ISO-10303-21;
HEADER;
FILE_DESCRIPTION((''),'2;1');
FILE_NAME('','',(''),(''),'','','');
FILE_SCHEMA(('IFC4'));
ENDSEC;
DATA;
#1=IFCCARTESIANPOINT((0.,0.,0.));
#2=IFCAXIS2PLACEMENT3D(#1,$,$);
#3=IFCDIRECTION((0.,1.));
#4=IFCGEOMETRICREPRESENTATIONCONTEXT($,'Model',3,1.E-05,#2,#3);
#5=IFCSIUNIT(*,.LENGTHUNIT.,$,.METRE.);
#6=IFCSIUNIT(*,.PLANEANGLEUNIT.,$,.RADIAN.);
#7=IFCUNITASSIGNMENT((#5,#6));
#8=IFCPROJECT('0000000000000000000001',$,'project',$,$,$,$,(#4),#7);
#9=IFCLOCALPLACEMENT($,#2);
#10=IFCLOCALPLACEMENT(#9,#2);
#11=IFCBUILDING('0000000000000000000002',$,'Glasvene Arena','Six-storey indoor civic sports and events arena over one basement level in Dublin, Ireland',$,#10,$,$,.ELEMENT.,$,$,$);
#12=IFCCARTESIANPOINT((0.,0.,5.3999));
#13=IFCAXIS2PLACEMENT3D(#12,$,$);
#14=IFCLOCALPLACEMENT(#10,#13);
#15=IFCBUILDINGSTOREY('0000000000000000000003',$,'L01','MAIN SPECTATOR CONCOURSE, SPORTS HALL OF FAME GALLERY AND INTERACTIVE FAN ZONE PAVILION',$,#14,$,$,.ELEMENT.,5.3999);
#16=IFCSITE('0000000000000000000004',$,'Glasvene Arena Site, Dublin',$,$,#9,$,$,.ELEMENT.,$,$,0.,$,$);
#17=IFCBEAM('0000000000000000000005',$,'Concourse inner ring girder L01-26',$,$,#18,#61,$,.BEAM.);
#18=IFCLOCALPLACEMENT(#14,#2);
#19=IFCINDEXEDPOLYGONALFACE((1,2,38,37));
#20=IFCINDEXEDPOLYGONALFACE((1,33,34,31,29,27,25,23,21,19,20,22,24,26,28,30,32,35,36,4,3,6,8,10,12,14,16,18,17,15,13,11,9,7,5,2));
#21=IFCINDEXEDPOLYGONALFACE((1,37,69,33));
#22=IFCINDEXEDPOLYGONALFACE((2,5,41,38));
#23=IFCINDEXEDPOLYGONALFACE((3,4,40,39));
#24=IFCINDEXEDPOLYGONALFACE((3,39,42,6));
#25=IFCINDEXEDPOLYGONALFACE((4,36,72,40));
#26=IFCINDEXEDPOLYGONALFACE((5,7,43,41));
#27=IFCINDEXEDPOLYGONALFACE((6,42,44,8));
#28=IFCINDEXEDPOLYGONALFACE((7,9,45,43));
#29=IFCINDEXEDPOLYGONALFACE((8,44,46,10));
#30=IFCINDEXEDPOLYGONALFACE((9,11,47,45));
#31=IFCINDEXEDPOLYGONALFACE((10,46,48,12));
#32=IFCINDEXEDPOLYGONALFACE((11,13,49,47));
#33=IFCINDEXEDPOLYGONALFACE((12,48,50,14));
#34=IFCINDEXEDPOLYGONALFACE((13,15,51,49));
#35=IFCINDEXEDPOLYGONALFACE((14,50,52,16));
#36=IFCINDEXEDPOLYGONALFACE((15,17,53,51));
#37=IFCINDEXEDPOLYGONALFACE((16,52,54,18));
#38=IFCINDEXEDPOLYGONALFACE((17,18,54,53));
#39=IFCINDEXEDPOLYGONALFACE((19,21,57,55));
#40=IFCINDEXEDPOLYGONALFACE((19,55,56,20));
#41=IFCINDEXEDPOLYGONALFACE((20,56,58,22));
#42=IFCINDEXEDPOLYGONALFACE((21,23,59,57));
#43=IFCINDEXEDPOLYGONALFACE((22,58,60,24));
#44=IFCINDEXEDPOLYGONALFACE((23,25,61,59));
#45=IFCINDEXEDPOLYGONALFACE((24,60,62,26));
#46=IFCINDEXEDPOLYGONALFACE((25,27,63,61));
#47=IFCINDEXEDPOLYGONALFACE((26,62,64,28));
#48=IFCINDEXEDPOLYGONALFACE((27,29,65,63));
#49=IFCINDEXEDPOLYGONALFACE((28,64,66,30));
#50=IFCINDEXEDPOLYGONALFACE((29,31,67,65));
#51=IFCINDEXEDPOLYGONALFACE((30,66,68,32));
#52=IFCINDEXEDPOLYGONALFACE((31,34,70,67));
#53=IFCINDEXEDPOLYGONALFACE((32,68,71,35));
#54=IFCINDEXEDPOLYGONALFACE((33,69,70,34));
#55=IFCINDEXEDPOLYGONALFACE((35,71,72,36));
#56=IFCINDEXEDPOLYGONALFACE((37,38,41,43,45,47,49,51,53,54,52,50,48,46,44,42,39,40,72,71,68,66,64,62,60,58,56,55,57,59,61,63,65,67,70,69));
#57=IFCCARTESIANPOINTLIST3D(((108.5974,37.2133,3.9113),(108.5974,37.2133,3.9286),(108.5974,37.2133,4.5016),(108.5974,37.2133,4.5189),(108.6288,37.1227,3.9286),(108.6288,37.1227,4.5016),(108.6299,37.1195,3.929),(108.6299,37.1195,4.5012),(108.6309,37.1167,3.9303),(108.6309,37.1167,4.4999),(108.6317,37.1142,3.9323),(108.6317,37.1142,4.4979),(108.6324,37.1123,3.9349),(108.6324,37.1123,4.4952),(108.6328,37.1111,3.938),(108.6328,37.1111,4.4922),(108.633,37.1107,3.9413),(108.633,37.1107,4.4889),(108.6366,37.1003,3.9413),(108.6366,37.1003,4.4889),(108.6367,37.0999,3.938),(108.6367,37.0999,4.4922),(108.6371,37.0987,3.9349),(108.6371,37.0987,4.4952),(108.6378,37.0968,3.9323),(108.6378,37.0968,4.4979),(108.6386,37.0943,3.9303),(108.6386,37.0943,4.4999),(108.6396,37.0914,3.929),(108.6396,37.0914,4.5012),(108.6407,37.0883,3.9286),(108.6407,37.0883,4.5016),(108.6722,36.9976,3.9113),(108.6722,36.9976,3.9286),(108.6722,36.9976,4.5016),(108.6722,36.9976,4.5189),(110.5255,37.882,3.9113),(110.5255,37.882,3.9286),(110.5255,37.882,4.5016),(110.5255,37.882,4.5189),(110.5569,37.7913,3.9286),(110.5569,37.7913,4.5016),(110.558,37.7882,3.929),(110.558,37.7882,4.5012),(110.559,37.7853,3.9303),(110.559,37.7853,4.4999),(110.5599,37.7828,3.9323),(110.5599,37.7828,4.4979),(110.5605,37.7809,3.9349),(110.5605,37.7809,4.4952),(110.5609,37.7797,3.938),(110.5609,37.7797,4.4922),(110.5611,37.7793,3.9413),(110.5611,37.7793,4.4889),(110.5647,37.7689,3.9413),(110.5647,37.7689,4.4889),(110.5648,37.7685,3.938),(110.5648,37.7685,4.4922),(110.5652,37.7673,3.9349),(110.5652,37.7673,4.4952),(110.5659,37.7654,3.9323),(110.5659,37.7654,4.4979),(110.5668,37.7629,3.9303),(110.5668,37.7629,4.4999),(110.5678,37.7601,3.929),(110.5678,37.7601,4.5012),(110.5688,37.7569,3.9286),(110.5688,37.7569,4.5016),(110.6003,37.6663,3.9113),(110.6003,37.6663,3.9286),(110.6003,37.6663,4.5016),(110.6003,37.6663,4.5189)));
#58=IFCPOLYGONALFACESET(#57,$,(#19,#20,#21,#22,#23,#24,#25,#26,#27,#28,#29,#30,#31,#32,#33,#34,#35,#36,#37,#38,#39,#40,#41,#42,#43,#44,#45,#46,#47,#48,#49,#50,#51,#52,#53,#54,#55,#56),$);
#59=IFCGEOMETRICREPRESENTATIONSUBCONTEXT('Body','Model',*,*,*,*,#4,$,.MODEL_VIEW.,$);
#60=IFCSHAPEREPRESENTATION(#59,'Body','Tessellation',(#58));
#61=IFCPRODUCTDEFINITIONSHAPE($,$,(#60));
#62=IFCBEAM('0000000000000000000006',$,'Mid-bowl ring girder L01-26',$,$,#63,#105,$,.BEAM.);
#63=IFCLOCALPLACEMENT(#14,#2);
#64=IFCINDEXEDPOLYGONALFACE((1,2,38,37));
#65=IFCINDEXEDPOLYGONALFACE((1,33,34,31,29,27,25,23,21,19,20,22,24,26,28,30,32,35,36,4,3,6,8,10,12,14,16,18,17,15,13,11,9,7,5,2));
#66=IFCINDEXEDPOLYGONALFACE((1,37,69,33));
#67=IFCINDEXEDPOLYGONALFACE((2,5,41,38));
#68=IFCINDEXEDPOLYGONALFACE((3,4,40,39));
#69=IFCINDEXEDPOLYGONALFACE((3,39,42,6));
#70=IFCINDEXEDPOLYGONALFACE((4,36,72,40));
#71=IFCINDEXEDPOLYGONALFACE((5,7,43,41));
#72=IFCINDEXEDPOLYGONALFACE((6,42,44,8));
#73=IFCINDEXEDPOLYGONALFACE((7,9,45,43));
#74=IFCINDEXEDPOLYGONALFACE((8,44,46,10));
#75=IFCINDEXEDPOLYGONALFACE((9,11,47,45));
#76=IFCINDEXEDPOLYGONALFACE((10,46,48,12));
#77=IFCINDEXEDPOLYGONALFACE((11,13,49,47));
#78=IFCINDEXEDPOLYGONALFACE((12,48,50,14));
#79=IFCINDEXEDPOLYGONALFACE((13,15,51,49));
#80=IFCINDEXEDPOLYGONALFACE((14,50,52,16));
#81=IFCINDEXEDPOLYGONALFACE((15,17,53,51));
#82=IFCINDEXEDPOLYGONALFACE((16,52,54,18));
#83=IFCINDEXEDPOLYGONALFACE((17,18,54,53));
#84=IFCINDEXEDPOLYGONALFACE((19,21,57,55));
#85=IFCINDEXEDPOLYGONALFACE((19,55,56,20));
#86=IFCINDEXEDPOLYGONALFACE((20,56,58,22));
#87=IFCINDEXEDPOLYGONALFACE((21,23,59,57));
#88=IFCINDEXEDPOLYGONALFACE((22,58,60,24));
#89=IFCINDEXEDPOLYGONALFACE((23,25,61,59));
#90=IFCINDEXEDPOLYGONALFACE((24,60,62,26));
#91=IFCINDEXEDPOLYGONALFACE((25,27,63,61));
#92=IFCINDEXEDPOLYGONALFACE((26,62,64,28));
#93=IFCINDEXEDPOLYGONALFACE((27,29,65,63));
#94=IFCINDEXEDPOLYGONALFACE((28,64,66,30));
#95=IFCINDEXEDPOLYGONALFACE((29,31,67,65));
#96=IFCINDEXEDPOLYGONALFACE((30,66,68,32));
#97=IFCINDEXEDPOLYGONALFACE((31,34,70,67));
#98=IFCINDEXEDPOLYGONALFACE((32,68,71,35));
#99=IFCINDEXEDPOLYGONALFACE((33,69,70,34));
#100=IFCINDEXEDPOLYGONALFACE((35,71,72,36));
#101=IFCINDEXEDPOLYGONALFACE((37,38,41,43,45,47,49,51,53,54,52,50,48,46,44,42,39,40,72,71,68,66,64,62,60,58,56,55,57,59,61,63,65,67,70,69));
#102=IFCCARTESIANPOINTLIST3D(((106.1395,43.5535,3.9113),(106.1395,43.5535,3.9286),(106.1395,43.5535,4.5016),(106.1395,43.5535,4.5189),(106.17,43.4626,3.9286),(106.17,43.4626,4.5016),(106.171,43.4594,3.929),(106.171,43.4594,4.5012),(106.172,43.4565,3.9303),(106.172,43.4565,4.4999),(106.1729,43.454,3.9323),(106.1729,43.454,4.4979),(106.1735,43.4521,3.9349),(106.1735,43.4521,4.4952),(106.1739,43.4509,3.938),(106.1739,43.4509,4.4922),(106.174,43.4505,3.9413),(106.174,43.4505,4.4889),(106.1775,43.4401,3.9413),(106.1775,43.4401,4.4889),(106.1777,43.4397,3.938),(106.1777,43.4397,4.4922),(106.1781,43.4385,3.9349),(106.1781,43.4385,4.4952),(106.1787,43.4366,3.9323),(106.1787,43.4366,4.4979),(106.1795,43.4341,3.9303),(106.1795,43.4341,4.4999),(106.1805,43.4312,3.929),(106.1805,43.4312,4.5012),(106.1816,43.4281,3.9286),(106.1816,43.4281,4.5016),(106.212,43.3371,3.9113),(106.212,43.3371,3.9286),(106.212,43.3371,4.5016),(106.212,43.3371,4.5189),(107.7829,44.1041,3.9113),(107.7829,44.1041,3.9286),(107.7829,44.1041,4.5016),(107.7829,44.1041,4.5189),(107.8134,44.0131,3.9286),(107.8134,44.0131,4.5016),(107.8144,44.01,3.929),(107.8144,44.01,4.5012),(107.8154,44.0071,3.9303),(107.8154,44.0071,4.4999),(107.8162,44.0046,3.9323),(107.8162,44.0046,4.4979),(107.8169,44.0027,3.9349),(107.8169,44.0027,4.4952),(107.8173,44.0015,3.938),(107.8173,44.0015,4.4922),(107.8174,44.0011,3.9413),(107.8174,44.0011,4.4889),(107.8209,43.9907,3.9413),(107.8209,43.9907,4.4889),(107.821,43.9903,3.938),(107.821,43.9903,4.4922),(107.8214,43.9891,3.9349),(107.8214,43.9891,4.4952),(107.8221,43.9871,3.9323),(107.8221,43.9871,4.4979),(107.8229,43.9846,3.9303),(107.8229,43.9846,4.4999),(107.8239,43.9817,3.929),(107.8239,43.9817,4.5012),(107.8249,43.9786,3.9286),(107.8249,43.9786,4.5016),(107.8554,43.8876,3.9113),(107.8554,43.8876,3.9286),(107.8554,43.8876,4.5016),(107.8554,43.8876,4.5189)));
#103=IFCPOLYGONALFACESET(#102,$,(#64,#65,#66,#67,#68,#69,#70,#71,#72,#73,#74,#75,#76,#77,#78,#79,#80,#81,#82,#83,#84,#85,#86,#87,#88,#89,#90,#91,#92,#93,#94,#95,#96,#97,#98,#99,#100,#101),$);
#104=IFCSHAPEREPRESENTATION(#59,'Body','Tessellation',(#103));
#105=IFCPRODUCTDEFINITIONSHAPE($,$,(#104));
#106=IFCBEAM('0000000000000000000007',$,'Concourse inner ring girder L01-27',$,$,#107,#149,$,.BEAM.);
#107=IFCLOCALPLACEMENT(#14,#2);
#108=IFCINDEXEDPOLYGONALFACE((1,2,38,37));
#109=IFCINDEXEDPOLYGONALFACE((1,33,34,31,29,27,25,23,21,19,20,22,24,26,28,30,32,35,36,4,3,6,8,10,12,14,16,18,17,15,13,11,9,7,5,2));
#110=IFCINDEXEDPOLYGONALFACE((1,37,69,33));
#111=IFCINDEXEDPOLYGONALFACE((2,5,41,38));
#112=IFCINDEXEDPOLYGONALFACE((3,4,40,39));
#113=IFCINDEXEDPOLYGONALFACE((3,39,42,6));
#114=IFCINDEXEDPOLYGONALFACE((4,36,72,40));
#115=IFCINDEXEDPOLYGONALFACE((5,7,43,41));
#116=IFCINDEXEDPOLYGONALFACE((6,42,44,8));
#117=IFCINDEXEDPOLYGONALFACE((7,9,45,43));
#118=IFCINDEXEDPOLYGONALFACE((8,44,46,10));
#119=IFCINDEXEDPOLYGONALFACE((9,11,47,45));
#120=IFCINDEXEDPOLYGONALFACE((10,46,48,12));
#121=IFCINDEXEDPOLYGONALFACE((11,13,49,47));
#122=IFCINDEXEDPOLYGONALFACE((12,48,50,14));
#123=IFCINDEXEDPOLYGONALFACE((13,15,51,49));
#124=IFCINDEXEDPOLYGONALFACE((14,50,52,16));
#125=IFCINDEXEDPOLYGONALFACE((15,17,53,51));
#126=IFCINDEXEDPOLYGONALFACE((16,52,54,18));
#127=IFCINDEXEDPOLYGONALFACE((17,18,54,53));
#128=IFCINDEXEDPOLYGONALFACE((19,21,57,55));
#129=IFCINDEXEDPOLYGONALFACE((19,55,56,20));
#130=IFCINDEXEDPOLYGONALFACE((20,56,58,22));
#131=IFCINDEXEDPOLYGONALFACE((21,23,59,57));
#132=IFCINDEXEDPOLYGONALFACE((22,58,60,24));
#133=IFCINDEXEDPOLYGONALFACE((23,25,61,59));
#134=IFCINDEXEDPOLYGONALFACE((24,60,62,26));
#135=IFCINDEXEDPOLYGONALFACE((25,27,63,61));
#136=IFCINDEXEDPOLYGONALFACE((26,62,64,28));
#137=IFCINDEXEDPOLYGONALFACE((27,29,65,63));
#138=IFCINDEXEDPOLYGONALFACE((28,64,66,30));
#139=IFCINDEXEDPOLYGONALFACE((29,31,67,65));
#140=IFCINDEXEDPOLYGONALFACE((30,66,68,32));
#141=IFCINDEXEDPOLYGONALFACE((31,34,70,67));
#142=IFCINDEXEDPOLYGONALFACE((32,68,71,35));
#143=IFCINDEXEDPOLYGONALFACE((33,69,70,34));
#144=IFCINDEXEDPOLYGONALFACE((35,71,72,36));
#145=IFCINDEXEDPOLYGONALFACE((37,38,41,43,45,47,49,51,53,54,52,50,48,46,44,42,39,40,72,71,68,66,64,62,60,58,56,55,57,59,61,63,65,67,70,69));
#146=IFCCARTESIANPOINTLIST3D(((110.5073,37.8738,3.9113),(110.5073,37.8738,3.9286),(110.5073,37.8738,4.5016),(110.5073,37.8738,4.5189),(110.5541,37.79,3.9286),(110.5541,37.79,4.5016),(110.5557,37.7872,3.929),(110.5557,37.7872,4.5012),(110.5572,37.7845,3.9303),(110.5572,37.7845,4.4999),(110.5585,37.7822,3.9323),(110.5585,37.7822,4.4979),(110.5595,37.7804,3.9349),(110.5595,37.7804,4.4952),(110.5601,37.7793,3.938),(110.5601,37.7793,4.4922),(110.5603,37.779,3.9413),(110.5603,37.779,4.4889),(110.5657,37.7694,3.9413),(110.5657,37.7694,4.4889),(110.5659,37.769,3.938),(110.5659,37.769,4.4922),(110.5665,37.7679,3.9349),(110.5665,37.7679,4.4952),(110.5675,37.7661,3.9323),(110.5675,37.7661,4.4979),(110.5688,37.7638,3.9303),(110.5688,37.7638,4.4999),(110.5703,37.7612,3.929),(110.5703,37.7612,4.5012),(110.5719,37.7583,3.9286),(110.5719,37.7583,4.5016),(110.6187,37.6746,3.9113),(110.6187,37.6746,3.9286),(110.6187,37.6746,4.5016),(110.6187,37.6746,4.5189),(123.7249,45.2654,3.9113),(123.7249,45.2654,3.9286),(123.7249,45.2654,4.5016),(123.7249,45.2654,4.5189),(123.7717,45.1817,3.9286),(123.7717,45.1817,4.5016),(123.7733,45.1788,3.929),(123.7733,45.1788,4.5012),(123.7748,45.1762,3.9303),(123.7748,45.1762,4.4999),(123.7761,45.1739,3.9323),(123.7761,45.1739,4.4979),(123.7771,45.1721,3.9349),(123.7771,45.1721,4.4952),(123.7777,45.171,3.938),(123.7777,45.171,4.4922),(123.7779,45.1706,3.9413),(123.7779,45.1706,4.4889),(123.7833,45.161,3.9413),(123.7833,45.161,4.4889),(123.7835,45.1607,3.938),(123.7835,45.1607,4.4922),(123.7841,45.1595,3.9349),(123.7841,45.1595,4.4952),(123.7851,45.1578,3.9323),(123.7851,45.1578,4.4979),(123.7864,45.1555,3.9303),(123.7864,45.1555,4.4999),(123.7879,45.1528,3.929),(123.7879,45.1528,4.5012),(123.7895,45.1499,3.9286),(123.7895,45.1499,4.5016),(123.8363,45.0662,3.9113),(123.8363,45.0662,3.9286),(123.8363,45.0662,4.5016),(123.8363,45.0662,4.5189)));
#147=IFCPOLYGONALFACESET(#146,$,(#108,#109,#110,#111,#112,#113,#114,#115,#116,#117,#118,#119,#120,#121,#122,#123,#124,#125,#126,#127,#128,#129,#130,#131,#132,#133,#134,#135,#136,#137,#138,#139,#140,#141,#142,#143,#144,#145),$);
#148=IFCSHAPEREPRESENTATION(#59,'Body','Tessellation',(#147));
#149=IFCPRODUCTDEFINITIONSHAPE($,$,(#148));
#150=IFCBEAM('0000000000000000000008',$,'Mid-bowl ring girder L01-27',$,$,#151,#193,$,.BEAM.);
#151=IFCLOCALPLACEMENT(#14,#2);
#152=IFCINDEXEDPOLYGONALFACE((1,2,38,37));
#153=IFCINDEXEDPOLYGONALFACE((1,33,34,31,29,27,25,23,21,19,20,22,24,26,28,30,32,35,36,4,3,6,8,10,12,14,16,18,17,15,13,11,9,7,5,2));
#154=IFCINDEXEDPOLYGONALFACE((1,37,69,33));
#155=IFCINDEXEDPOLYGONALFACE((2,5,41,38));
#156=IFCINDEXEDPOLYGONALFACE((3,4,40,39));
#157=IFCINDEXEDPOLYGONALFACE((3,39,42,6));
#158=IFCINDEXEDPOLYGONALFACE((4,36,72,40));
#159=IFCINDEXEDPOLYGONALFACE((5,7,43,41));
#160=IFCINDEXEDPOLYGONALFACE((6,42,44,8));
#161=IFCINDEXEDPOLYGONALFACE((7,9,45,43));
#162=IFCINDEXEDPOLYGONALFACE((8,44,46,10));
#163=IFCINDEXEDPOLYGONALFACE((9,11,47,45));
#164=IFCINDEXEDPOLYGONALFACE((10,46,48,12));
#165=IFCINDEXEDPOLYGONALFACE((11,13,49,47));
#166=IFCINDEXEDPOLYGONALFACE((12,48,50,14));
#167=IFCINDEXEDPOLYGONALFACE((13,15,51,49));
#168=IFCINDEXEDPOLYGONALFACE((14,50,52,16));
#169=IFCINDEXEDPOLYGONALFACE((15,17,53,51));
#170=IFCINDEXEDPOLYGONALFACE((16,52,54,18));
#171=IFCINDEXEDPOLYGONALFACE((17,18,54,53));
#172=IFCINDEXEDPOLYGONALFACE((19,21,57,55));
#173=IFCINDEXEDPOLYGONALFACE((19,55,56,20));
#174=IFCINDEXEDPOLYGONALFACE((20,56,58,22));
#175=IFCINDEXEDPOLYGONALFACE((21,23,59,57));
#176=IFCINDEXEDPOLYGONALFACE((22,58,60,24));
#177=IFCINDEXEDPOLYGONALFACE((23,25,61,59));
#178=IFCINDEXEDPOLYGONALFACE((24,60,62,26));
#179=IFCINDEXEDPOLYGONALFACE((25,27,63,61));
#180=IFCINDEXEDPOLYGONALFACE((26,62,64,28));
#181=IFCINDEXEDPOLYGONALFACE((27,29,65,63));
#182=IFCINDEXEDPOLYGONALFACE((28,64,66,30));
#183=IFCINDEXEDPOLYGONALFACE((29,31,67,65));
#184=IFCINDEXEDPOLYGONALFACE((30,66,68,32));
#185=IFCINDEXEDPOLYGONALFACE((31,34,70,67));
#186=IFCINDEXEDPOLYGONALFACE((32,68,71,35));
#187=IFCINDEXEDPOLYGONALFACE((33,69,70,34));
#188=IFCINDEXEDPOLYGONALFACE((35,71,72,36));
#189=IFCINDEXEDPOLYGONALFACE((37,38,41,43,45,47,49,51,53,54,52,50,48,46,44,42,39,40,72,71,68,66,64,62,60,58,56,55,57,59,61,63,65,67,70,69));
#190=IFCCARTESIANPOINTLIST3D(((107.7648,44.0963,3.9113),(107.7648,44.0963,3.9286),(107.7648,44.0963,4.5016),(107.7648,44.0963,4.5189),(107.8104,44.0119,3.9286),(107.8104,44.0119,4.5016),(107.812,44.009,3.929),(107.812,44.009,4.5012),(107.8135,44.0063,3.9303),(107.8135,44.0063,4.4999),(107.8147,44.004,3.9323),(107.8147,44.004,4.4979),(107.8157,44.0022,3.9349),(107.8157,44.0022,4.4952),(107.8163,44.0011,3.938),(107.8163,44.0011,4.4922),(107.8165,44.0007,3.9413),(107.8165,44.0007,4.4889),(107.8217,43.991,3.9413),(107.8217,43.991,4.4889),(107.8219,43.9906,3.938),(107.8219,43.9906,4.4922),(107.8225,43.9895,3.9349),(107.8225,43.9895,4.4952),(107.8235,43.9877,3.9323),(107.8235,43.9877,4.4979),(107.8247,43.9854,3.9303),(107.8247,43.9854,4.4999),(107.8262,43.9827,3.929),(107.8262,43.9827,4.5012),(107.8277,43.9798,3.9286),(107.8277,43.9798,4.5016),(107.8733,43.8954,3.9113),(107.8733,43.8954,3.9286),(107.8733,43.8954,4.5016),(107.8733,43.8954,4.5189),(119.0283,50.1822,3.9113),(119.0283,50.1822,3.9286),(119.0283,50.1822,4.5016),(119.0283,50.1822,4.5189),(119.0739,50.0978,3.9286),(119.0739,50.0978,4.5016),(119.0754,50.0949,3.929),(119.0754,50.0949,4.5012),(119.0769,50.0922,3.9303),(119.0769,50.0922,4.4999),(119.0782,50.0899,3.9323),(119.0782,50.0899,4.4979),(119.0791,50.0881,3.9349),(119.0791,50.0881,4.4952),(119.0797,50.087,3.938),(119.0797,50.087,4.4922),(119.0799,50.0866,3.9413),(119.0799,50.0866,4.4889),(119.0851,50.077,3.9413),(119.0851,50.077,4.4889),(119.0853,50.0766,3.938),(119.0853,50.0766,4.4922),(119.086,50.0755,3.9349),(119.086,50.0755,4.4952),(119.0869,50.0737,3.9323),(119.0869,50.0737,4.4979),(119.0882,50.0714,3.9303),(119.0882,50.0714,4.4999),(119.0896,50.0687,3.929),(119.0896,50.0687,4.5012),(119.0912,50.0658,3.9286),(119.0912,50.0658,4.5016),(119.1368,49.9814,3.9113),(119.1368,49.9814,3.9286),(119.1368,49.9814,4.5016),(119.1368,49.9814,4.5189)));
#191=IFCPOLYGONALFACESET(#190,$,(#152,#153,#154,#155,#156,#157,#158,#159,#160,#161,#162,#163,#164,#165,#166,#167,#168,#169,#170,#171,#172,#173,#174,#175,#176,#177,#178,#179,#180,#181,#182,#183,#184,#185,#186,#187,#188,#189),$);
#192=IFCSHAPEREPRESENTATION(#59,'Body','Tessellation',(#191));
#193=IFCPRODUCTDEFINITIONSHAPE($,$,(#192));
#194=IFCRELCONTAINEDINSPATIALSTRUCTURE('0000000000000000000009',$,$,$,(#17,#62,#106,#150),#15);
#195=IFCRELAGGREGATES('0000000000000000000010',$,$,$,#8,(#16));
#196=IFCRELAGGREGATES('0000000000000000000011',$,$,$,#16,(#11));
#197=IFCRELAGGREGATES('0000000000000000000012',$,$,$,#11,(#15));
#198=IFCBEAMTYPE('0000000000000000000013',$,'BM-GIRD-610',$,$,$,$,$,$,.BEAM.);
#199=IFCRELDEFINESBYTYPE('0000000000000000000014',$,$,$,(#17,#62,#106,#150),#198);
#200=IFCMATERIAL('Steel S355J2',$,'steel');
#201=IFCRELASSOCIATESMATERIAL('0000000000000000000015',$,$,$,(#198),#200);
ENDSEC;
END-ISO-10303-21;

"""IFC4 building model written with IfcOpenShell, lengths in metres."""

from ifc_helpers import new_model, si_unit, direction, frame, origin, origin_2d, place, context, subcontext, project, spatial, i_section, extrude, material, material_profile, profile_set, type_object, element, save


model = new_model("IFC4")

# Units and contexts
model_context = context("Model", 3, precision=1e-05, world=origin(), true_north=direction((0.0, 1.0)))
body_context = subcontext(model_context, "Body", "Model", "MODEL_VIEW")
ifc_project = project(units=[si_unit("LENGTHUNIT", "METRE"), si_unit("PLANEANGLEUNIT", "RADIAN")], contexts=[model_context])

# Site, building, storey
site_placement = place(None, origin())
site = spatial("IfcSite", under=ifc_project, at=site_placement, Name="Glasvene Arena Site, Dublin", CompositionType="ELEMENT", RefElevation=0.0)
building_placement = place(site_placement, origin())
building = spatial("IfcBuilding", under=site, at=building_placement, Name="Glasvene Arena", Description="Six-storey indoor civic sports and events arena over one basement level in Dublin, Ireland", CompositionType="ELEMENT")
storey_placement = place(building_placement, frame((0.0, 0.0, 5.3999)))
storey = spatial("IfcBuildingStorey", under=building, at=storey_placement, Name="L01", Description="MAIN SPECTATOR CONCOURSE, SPORTS HALL OF FAME GALLERY AND INTERACTIVE FAN ZONE PAVILION", CompositionType="ELEMENT", Elevation=5.3999)

# Shared definitions
ifc_material_1 = material(Name="Steel S355J2", Category="steel")

# Beams
ifc_material_profile_1 = material_profile(ifc_material_1, i_section(OverallWidth=0.2283, OverallDepth=0.6077, WebThickness=0.011, FlangeThickness=0.0173, FilletRadius=0.0127, at=origin_2d()), Name="UKB 610x229x113")
ifc_profile_set_1 = profile_set([ifc_material_profile_1], Name="Steel S355J2")
beam_type_1 = type_object("IfcBeamType", Name="BM-GIRD-610", PredefinedType="BEAM", material=ifc_profile_set_1)
beam_1_placement = place(storey_placement, frame((108.6348, 37.1055, 4.2151), z_axis=(0.944798, 0.327653, 0.0), x_axis=(-0.327653, 0.944798, 0.0)))
element("IfcBeam", 1, at=beam_1_placement, inside=storey, type_object=beam_type_1, Name="Concourse inner ring girder L01-26", PredefinedType="BEAM", context=body_context, shape_type="SweptSolid", body=[
    extrude(i_section(OverallWidth=0.2283, OverallDepth=0.6077, WebThickness=0.011, FlangeThickness=0.0173, FilletRadius=0.0127, at=origin_2d()), origin(), (0.0, 0.0, 1.0), 2.0408),
])
beam_2_placement = place(storey_placement, frame((106.1758, 43.4453, 4.2151), z_axis=(0.948203, 0.317664, 0.0), x_axis=(-0.317664, 0.948203, 0.0)))
element("IfcBeam", 2, at=beam_2_placement, inside=storey, type_object=beam_type_1, Name="Mid-bowl ring girder L01-26", PredefinedType="BEAM", context=body_context, shape_type="SweptSolid", body=[
    extrude(i_section(OverallWidth=0.2283, OverallDepth=0.6077, WebThickness=0.011, FlangeThickness=0.0173, FilletRadius=0.0127, at=origin_2d()), origin(), (0.0, 0.0, 1.0), 1.7332),
])
beam_3_placement = place(storey_placement, frame((110.563, 37.7742, 4.2151), z_axis=(0.872793, 0.48809, 0.0), x_axis=(-0.48809, 0.872793, 0.0)))
element("IfcBeam", 3, at=beam_3_placement, inside=storey, type_object=beam_type_1, Name="Concourse inner ring girder L01-27", PredefinedType="BEAM", context=body_context, shape_type="SweptSolid", body=[
    extrude(i_section(OverallWidth=0.2283, OverallDepth=0.6077, WebThickness=0.011, FlangeThickness=0.0173, FilletRadius=0.0127, at=origin_2d()), origin(), (0.0, 0.0, 1.0), 15.144),
])
beam_4_placement = place(storey_placement, frame((107.8191, 43.9958, 4.2151), z_axis=(0.879785, 0.475372, 0.0), x_axis=(-0.475372, 0.879785, 0.0)))
element("IfcBeam", 4, at=beam_4_placement, inside=storey, type_object=beam_type_1, Name="Mid-bowl ring girder L01-27", PredefinedType="BEAM", context=body_context, shape_type="SweptSolid", body=[
    extrude(i_section(OverallWidth=0.2283, OverallDepth=0.6077, WebThickness=0.011, FlangeThickness=0.0173, FilletRadius=0.0127, at=origin_2d()), origin(), (0.0, 0.0, 1.0), 12.8025),
])

save(model, "model.ifc")
